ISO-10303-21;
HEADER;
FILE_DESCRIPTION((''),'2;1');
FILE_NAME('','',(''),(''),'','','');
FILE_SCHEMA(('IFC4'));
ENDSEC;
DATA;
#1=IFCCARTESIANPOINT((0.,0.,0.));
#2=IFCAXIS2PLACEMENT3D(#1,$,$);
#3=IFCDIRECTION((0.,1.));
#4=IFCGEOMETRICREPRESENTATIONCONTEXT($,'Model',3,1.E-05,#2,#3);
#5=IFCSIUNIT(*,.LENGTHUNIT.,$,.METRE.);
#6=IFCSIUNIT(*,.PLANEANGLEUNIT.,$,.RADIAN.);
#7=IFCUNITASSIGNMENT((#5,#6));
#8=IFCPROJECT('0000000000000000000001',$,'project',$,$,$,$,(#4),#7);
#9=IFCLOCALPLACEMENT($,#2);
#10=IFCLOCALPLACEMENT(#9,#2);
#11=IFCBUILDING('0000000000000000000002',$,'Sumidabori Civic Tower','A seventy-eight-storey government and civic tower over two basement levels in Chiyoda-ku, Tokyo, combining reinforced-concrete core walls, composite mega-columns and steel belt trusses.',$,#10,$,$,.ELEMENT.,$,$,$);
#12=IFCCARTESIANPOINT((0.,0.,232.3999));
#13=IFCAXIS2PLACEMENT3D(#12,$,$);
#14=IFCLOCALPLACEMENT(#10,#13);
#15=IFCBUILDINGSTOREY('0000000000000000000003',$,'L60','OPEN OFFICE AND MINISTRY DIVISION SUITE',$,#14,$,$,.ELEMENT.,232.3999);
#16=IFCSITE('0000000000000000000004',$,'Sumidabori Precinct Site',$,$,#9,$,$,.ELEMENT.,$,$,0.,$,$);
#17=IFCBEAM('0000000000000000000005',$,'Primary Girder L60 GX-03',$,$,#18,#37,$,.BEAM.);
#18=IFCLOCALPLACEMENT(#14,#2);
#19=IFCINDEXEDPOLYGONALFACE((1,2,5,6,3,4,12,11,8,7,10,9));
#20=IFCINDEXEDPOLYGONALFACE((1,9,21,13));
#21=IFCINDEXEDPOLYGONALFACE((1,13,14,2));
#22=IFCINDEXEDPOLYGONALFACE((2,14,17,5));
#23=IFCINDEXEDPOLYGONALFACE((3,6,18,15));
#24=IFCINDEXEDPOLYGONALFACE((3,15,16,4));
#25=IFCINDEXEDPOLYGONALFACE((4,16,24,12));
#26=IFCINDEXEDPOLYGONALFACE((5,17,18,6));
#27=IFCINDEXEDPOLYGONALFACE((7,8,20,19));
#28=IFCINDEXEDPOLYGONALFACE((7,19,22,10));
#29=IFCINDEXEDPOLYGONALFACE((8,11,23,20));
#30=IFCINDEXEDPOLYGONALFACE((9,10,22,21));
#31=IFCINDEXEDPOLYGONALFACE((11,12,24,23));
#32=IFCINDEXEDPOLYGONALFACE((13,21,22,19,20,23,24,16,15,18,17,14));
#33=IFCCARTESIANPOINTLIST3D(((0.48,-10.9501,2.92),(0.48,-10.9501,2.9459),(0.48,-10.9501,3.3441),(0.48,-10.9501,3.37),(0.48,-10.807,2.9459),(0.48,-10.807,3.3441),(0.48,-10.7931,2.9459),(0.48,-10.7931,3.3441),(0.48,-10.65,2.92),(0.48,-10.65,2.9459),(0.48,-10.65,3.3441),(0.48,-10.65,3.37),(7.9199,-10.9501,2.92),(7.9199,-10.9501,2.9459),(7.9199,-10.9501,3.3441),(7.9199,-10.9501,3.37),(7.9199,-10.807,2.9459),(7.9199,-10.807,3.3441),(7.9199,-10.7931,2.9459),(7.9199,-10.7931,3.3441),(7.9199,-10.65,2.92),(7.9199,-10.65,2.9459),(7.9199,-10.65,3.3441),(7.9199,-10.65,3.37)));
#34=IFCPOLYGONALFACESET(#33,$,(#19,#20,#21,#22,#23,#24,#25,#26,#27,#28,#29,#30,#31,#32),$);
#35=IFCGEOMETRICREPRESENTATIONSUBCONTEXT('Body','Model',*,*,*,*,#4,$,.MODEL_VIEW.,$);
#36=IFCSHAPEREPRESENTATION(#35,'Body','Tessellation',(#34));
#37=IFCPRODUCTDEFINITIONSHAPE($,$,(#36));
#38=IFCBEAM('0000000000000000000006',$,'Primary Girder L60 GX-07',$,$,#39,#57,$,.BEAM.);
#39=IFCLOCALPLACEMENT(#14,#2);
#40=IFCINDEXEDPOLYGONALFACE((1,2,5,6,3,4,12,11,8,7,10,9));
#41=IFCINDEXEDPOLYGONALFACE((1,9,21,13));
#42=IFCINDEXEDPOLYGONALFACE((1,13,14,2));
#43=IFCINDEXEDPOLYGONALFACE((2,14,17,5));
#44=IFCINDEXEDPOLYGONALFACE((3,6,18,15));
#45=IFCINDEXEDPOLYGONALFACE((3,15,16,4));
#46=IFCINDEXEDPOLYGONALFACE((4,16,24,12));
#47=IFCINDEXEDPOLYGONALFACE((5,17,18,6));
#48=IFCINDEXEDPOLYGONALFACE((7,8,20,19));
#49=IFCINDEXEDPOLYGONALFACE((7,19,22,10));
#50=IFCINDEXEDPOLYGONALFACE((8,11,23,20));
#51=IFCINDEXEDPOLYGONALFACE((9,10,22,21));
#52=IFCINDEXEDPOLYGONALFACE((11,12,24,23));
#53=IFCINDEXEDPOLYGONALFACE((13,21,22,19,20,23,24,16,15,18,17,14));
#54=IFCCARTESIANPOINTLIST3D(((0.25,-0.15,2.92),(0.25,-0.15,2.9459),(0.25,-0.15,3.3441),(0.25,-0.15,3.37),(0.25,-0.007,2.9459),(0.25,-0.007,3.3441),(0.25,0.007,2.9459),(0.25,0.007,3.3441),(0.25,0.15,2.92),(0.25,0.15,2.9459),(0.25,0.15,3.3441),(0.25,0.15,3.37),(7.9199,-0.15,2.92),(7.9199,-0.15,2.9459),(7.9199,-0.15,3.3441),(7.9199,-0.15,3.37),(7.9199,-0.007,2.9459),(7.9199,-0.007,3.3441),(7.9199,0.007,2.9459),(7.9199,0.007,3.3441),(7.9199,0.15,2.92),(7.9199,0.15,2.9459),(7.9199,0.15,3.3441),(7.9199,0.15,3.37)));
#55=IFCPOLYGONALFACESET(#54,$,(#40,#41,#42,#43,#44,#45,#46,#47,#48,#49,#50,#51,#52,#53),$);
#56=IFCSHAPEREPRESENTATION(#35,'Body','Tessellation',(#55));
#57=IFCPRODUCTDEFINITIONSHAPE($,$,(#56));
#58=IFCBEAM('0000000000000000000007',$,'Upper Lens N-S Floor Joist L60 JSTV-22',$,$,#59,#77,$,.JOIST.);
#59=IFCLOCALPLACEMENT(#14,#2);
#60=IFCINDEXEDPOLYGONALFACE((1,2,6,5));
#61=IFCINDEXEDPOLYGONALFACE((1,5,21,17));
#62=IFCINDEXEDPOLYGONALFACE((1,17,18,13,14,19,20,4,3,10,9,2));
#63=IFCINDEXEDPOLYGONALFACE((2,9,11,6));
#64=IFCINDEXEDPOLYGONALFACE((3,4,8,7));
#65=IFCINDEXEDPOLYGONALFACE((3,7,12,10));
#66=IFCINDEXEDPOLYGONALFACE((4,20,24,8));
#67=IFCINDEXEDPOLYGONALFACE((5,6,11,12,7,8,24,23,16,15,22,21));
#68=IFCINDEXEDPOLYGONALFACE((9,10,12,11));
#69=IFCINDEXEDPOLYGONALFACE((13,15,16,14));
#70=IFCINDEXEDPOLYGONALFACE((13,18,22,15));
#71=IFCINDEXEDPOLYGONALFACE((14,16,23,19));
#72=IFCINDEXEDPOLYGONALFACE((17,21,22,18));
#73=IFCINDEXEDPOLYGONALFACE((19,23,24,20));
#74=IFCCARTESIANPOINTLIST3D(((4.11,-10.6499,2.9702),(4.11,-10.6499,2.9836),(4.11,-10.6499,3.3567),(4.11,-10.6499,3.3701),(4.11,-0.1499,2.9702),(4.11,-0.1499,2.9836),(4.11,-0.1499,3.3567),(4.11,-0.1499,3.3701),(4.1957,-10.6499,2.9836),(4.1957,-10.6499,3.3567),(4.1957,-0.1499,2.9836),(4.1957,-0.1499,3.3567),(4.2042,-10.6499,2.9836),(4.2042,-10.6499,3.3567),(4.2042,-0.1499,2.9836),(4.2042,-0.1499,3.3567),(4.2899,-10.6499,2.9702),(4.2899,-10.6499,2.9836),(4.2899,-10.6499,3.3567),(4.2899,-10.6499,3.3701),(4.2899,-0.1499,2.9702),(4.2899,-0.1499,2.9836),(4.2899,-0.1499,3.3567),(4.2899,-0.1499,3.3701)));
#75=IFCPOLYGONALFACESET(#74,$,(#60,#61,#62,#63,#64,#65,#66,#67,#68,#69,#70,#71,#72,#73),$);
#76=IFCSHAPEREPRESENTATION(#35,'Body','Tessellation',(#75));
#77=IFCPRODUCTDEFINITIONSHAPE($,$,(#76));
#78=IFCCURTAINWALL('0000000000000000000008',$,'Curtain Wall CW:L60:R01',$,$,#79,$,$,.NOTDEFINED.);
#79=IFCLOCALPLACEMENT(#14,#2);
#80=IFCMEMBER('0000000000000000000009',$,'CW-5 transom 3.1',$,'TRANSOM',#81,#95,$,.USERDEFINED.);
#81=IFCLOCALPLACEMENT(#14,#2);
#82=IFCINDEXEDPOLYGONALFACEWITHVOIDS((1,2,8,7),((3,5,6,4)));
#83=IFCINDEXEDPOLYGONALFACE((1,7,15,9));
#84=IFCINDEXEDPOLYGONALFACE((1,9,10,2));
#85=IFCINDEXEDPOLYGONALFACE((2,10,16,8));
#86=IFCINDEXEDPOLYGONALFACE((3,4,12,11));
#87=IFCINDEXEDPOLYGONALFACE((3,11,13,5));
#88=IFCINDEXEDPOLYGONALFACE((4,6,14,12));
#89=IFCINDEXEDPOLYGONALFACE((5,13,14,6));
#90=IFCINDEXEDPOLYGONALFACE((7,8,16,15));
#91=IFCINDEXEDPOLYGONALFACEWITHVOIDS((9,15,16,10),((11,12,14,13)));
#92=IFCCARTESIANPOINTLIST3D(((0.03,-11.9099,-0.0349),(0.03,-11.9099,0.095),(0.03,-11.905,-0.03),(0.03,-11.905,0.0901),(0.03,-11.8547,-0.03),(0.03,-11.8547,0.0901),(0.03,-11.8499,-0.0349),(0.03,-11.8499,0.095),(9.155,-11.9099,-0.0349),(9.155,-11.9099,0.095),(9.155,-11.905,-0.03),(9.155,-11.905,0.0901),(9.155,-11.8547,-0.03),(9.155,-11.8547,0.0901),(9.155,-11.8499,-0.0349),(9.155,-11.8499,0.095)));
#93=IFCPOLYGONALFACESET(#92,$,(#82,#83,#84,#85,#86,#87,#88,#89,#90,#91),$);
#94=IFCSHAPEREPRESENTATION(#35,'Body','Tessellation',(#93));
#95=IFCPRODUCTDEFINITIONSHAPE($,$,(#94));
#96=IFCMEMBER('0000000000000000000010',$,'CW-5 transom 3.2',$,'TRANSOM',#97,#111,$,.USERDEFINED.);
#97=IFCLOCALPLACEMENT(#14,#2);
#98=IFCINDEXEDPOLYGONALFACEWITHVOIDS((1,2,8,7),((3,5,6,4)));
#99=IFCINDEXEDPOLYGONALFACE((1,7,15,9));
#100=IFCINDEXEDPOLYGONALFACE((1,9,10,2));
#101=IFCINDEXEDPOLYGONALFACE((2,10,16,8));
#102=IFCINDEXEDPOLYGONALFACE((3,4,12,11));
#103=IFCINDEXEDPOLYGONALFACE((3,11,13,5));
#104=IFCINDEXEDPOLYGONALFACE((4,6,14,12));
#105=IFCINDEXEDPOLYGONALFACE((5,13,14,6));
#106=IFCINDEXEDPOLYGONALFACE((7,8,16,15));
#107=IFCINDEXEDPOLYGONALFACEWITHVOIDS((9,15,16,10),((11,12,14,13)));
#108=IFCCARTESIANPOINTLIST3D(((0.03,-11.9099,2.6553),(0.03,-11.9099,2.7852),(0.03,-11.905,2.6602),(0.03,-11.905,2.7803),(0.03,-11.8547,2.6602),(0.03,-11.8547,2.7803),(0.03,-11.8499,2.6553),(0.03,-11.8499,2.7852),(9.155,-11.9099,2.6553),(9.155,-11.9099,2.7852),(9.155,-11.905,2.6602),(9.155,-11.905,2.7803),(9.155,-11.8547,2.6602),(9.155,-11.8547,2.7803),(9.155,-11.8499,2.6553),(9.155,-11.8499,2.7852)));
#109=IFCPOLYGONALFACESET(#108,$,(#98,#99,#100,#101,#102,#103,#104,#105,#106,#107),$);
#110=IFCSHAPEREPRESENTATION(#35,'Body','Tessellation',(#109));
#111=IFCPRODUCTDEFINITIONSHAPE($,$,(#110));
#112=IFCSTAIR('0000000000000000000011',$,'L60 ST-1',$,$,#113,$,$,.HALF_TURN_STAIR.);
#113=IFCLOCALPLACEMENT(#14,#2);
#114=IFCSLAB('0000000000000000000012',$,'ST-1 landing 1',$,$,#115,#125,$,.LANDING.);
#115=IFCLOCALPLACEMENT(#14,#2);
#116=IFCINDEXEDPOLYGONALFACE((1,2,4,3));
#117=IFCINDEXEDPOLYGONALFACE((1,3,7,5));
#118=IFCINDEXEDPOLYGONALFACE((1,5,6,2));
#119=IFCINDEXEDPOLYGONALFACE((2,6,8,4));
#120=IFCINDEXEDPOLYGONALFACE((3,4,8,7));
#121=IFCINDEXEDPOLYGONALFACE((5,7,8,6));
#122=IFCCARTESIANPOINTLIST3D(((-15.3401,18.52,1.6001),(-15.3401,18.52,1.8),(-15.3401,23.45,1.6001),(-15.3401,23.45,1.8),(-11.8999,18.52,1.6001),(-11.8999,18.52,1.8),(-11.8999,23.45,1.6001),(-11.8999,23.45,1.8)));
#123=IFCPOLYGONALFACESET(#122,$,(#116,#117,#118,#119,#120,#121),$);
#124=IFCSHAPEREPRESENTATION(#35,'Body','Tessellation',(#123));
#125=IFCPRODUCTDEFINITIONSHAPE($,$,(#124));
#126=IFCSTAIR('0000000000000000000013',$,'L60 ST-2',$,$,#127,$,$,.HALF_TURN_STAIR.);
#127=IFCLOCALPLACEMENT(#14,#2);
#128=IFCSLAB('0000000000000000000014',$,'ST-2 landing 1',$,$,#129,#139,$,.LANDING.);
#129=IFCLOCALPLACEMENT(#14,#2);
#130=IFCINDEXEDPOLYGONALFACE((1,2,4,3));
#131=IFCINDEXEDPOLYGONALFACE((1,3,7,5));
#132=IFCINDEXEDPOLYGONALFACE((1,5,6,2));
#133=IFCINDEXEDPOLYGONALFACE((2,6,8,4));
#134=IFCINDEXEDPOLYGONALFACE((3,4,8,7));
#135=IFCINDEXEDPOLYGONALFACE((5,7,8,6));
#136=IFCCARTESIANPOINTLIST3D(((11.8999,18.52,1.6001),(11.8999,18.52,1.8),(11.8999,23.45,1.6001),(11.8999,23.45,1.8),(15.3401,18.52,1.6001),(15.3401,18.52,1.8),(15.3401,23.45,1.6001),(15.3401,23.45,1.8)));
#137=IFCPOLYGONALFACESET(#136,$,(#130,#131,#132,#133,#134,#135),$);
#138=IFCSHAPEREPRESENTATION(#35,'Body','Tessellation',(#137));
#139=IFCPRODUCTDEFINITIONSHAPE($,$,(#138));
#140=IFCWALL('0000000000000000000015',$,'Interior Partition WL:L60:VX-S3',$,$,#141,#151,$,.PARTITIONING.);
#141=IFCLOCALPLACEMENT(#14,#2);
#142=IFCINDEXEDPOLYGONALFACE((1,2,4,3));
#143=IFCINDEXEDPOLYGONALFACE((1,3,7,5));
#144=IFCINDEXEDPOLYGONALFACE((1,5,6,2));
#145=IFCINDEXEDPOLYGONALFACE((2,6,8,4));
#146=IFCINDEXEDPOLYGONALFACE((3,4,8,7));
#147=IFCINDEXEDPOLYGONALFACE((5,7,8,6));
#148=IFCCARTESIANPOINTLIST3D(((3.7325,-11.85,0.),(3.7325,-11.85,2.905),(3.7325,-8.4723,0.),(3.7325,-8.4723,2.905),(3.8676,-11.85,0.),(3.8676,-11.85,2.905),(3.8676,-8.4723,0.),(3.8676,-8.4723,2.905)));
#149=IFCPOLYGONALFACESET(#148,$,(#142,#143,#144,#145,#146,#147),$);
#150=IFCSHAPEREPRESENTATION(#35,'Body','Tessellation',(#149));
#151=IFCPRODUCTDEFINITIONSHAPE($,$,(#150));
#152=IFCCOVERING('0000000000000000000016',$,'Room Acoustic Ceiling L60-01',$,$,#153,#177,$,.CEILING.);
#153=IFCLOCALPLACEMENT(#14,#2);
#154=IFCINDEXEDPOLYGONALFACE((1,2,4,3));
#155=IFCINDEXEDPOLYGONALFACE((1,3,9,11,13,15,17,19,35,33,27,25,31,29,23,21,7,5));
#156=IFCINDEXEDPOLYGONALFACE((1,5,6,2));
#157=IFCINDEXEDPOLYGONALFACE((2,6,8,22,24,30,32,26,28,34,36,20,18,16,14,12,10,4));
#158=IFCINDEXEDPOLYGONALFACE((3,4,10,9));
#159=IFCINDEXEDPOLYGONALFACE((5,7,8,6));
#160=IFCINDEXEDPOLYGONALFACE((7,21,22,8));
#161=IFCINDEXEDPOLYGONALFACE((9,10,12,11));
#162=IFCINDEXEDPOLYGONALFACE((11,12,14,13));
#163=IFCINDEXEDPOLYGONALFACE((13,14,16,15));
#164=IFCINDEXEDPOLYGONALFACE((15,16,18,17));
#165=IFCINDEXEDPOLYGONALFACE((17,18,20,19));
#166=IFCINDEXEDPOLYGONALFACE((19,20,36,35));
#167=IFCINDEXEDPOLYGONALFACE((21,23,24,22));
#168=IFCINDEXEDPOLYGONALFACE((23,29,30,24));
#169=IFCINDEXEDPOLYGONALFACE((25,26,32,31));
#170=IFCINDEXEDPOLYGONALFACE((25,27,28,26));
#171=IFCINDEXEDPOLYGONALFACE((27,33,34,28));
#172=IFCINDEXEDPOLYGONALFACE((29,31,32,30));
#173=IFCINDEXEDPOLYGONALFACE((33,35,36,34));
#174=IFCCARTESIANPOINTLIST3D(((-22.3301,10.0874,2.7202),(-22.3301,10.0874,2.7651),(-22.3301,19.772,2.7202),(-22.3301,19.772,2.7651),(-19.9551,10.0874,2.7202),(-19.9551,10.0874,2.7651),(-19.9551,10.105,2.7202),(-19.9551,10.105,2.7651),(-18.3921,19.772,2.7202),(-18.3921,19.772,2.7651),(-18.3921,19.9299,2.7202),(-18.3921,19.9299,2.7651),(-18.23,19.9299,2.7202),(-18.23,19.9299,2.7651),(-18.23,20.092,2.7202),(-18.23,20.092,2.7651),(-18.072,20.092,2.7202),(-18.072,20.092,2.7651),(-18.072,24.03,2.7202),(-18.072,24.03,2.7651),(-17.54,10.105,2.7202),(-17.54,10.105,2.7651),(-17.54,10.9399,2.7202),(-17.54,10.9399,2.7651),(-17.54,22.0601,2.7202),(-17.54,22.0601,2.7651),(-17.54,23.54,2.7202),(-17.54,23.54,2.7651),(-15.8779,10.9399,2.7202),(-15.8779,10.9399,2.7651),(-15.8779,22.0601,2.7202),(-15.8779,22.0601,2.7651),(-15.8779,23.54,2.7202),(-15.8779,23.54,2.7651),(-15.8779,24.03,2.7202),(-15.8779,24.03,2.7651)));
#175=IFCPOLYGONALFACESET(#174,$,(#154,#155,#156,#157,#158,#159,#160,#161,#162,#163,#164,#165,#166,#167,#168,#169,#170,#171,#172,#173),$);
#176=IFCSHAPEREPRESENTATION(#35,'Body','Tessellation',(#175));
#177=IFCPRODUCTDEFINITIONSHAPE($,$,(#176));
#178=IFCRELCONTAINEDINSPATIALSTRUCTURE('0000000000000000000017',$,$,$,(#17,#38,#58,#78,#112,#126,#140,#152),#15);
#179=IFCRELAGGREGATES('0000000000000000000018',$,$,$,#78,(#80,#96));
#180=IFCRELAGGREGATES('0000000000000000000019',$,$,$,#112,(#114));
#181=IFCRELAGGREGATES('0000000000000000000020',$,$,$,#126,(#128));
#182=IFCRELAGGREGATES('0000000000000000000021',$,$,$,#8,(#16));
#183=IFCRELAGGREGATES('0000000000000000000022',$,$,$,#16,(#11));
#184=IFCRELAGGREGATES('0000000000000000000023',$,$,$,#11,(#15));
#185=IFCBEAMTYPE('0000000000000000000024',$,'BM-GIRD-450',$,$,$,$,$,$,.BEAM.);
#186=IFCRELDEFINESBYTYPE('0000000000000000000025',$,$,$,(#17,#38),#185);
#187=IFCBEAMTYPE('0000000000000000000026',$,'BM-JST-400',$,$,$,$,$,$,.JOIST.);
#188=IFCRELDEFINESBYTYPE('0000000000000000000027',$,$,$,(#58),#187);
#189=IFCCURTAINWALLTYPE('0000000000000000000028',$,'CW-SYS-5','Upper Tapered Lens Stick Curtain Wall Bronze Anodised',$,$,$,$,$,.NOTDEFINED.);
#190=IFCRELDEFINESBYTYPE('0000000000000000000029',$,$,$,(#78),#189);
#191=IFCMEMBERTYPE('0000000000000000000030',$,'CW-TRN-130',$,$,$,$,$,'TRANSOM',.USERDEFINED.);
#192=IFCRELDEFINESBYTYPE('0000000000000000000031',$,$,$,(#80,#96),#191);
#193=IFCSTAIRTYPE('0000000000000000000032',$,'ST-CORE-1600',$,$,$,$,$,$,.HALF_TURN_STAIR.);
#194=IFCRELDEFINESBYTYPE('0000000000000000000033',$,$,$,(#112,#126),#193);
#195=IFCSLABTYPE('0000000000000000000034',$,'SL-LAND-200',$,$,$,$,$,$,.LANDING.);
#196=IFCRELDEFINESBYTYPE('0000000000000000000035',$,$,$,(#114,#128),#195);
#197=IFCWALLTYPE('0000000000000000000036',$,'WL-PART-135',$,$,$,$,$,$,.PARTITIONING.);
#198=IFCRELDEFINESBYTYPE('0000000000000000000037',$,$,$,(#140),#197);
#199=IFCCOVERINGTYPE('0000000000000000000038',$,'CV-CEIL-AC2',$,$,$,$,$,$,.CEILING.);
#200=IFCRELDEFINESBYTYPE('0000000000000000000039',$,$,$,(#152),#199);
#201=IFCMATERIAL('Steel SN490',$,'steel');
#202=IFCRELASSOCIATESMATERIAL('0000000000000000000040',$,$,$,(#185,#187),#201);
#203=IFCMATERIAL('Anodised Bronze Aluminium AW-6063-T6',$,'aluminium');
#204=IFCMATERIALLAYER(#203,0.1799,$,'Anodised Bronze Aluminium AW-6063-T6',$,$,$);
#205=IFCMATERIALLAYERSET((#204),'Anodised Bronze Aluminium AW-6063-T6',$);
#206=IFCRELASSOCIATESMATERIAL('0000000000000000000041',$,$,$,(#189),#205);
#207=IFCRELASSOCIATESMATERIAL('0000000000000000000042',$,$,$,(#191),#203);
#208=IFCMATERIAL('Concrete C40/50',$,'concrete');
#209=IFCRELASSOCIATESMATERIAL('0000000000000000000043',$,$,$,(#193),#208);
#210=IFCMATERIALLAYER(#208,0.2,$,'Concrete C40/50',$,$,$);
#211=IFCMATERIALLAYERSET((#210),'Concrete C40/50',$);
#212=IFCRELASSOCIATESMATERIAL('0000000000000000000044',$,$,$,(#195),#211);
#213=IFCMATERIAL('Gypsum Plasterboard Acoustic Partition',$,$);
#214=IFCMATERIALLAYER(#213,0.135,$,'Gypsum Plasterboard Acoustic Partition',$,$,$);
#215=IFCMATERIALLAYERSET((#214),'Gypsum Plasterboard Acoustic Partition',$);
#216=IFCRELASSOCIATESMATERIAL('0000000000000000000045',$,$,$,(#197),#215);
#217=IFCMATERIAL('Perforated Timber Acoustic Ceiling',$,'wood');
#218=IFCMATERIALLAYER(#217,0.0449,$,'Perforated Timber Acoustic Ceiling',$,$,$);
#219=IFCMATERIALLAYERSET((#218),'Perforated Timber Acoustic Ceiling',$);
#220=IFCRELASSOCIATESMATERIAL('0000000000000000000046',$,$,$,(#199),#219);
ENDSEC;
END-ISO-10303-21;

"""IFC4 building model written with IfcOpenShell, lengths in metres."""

from ifc_helpers import new_model, si_unit, direction, frame, frame_2d, origin, origin_2d, place, context, subcontext, project, spatial, polyline, rectangle, hollow_rectangle, i_section, outline, extrude, source, transform, mapped, material, layer, layer_set, material_profile, profile_set, type_object, element, aggregate, save


model = new_model("IFC4")

# Units and contexts
model_context = context("Model", 3, precision=1e-05, world=origin(), true_north=direction((0.0, 1.0)))
body_context = subcontext(model_context, "Body", "Model", "MODEL_VIEW")
ifc_project = project(units=[si_unit("LENGTHUNIT", "METRE"), si_unit("PLANEANGLEUNIT", "RADIAN")], contexts=[model_context])

# Site, building, storey
site_placement = place(None, origin())
site = spatial("IfcSite", under=ifc_project, at=site_placement, Name="Sumidabori Precinct Site", CompositionType="ELEMENT", RefElevation=0.0)
building_placement = place(site_placement, origin())
building = spatial("IfcBuilding", under=site, at=building_placement, Name="Sumidabori Civic Tower", Description="A seventy-eight-storey government and civic tower over two basement levels in Chiyoda-ku, Tokyo, combining reinforced-concrete core walls, composite mega-columns and steel belt trusses.", CompositionType="ELEMENT")
storey_placement = place(building_placement, frame((0.0, 0.0, 232.3999)))
storey = spatial("IfcBuildingStorey", under=building, at=storey_placement, Name="L60", Description="OPEN OFFICE AND MINISTRY DIVISION SUITE", CompositionType="ELEMENT", Elevation=232.3999)

# Beams
ifc_material_1 = material(Name="Steel SN490", Category="steel")
ifc_material_profile_1 = material_profile(ifc_material_1, i_section(OverallWidth=0.3, OverallDepth=0.45, WebThickness=0.0139, FlangeThickness=0.0259, at=origin_2d()), Name="HE 450 B")
ifc_profile_set_1 = profile_set([ifc_material_profile_1], Name="Steel SN490")
beam_type_1 = type_object("IfcBeamType", Name="BM-GIRD-450", PredefinedType="BEAM", material=ifc_profile_set_1)
shared_shape_1 = source(origin(), body_context, "Body", "SweptSolid", [
    extrude(i_section(OverallWidth=0.3, OverallDepth=0.45, WebThickness=0.0139, FlangeThickness=0.0259, at=origin_2d()), origin(), (0.0, 0.0, 1.0), 7.4399),
])
beam_1_placement = place(storey_placement, frame((0.48, -10.8, 3.145), z_axis=(1.0, 0.0, 0.0), x_axis=(0.0, 1.0, 0.0)))
element("IfcBeam", 1, at=beam_1_placement, inside=storey, type_object=beam_type_1, Name="Primary Girder L60 GX-03", PredefinedType="BEAM", context=body_context, shape_type="MappedRepresentation", body=[
    mapped(shared_shape_1, transform((0.0, 0.0, 0.0), x_axis=(1.0, 0.0, 0.0), y_axis=(0.0, 1.0, 0.0), z_axis=(0.0, 0.0, 1.0), scale=1.0)),
])
shared_shape_2 = source(origin(), body_context, "Body", "SweptSolid", [
    extrude(i_section(OverallWidth=0.3, OverallDepth=0.45, WebThickness=0.0139, FlangeThickness=0.0259, at=origin_2d()), origin(), (0.0, 0.0, 1.0), 7.6699),
])
beam_2_placement = place(storey_placement, frame((0.25, 0.0, 3.145), z_axis=(1.0, 0.0, 0.0), x_axis=(0.0, 1.0, 0.0)))
element("IfcBeam", 2, at=beam_2_placement, inside=storey, type_object=beam_type_1, Name="Primary Girder L60 GX-07", PredefinedType="BEAM", context=body_context, shape_type="MappedRepresentation", body=[
    mapped(shared_shape_2, transform((0.0, 0.0, 0.0), x_axis=(1.0, 0.0, 0.0), y_axis=(0.0, 1.0, 0.0), z_axis=(0.0, 0.0, 1.0), scale=1.0)),
])
ifc_material_profile_2 = material_profile(ifc_material_1, i_section(OverallWidth=0.1799, OverallDepth=0.3999, WebThickness=0.0085, FlangeThickness=0.0134, at=origin_2d()), Name="IPE 400")
ifc_profile_set_2 = profile_set([ifc_material_profile_2], Name="Steel SN490")
beam_type_2 = type_object("IfcBeamType", Name="BM-JST-400", PredefinedType="JOIST", material=ifc_profile_set_2)
shared_shape_3 = source(origin(), body_context, "Body", "SweptSolid", [
    extrude(i_section(OverallWidth=0.1799, OverallDepth=0.3999, WebThickness=0.0085, FlangeThickness=0.0134, at=origin_2d()), origin(), (0.0, 0.0, 1.0), 10.5),
])
beam_3_placement = place(storey_placement, frame((4.2, -10.6499, 3.1702), z_axis=(0.0, 1.0, 0.0), x_axis=(-1.0, 0.0, 0.0)))
element("IfcBeam", 3, at=beam_3_placement, inside=storey, type_object=beam_type_2, Name="Upper Lens N-S Floor Joist L60 JSTV-22", PredefinedType="JOIST", context=body_context, shape_type="MappedRepresentation", body=[
    mapped(shared_shape_3, transform((0.0, 0.0, 0.0), x_axis=(1.0, 0.0, 0.0), y_axis=(0.0, 1.0, 0.0), z_axis=(0.0, 0.0, 1.0), scale=1.0)),
])

# Curtain wall, members
ifc_material_2 = material(Name="Anodised Bronze Aluminium AW-6063-T6", Category="aluminium")
ifc_layer_1 = layer(ifc_material_2, 0.1799, Name="Anodised Bronze Aluminium AW-6063-T6")
ifc_layer_set_1 = layer_set([ifc_layer_1], Name="Anodised Bronze Aluminium AW-6063-T6")
curtain_wall_type = type_object("IfcCurtainWallType", Name="CW-SYS-5", Description="Upper Tapered Lens Stick Curtain Wall Bronze Anodised", PredefinedType="NOTDEFINED", material=ifc_layer_set_1)
curtain_wall_placement = place(storey_placement, origin())
curtain_wall = element("IfcCurtainWall", 4, at=curtain_wall_placement, inside=storey, type_object=curtain_wall_type, Name="Curtain Wall CW:L60:R01", PredefinedType="NOTDEFINED")
ifc_material_profile_3 = material_profile(ifc_material_2, hollow_rectangle(XDim=0.0601, YDim=0.1299, WallThickness=0.0049, at=origin_2d()), Name="ALU TRANSOM 130x60")
ifc_profile_set_3 = profile_set([ifc_material_profile_3], Name="Anodised Bronze Aluminium AW-6063-T6")
member_type = type_object("IfcMemberType", Name="CW-TRN-130", ElementType="TRANSOM", PredefinedType="USERDEFINED", material=ifc_profile_set_3)
shared_shape_4 = source(origin(), body_context, "Body", "SweptSolid", [
    extrude(hollow_rectangle(XDim=0.0601, YDim=0.1299, WallThickness=0.0049, at=origin_2d()), origin(), (0.0, 0.0, 1.0), 9.125),
])
member_1_placement = place(storey_placement, frame((0.03, -11.8799, 0.03), z_axis=(1.0, 0.0, 0.0), x_axis=(0.0, 1.0, 0.0)))
member_1 = element("IfcMember", 5, at=member_1_placement, type_object=member_type, Name="CW-5 transom 3.1", ObjectType="TRANSOM", PredefinedType="USERDEFINED", context=body_context, shape_type="MappedRepresentation", body=[
    mapped(shared_shape_4, transform((0.0, 0.0, 0.0), x_axis=(1.0, 0.0, 0.0), y_axis=(0.0, 1.0, 0.0), z_axis=(0.0, 0.0, 1.0), scale=1.0)),
])
member_2_placement = place(storey_placement, frame((0.03, -11.8799, 2.7202), z_axis=(1.0, 0.0, 0.0), x_axis=(0.0, 1.0, 0.0)))
member_2 = element("IfcMember", 6, at=member_2_placement, type_object=member_type, Name="CW-5 transom 3.2", ObjectType="TRANSOM", PredefinedType="USERDEFINED", context=body_context, shape_type="MappedRepresentation", body=[
    mapped(shared_shape_4, transform((0.0, 0.0, 0.0), x_axis=(1.0, 0.0, 0.0), y_axis=(0.0, 1.0, 0.0), z_axis=(0.0, 0.0, 1.0), scale=1.0)),
])
aggregate(curtain_wall, [member_1, member_2])

# Stairs, slabs
ifc_material_3 = material(Name="Concrete C40/50", Category="concrete")
stair_type = type_object("IfcStairType", Name="ST-CORE-1600", PredefinedType="HALF_TURN_STAIR", material=ifc_material_3)
stair_1_placement = place(storey_placement, origin())
stair_1 = element("IfcStair", 7, at=stair_1_placement, inside=storey, type_object=stair_type, Name="L60 ST-1", PredefinedType="HALF_TURN_STAIR")
ifc_layer_2 = layer(ifc_material_3, 0.2, Name="Concrete C40/50")
ifc_layer_set_2 = layer_set([ifc_layer_2], Name="Concrete C40/50")
slab_type = type_object("IfcSlabType", Name="SL-LAND-200", PredefinedType="LANDING", material=ifc_layer_set_2)
slab_1_placement = place(storey_placement, frame((0.0, 0.0, 1.6001)))
slab_1 = element("IfcSlab", 8, at=slab_1_placement, type_object=slab_type, Name="ST-1 landing 1", PredefinedType="LANDING", context=body_context, shape_type="SweptSolid", body=[
    extrude(outline(polyline([(-11.8999, 18.52), (-11.8999, 23.45), (-15.3401, 23.45), (-15.3401, 18.52), (-11.8999, 18.52)])), origin(), (0.0, 0.0, 1.0), 0.2),
])
aggregate(stair_1, [slab_1])
stair_2_placement = place(storey_placement, origin())
stair_2 = element("IfcStair", 9, at=stair_2_placement, inside=storey, type_object=stair_type, Name="L60 ST-2", PredefinedType="HALF_TURN_STAIR")
slab_2_placement = place(storey_placement, frame((0.0, 0.0, 1.6001)))
slab_2 = element("IfcSlab", 10, at=slab_2_placement, type_object=slab_type, Name="ST-2 landing 1", PredefinedType="LANDING", context=body_context, shape_type="SweptSolid", body=[
    extrude(outline(polyline([(15.3401, 18.52), (15.3401, 23.45), (11.8999, 23.45), (11.8999, 18.52), (15.3401, 18.52)])), origin(), (0.0, 0.0, 1.0), 0.2),
])
aggregate(stair_2, [slab_2])

# Wall
ifc_material_4 = material(Name="Gypsum Plasterboard Acoustic Partition")
ifc_layer_3 = layer(ifc_material_4, 0.135, Name="Gypsum Plasterboard Acoustic Partition")
ifc_layer_set_3 = layer_set([ifc_layer_3], Name="Gypsum Plasterboard Acoustic Partition")
wall_type = type_object("IfcWallType", Name="WL-PART-135", PredefinedType="PARTITIONING", material=ifc_layer_set_3)
shared_shape_5 = source(origin(), body_context, "Body", "SweptSolid", [
    extrude(rectangle(XDim=3.3777, YDim=0.135, at=frame_2d((1.689, 0.0))), origin(), (0.0, 0.0, 1.0), 2.905),
])
wall_placement = place(storey_placement, frame((3.8, -11.8501, 0.0), z_axis=(0.0, 0.0, 1.0), x_axis=(0.0, 1.0, 0.0)))
element("IfcWall", 11, at=wall_placement, inside=storey, type_object=wall_type, Name="Interior Partition WL:L60:VX-S3", PredefinedType="PARTITIONING", context=body_context, shape_type="MappedRepresentation", body=[
    mapped(shared_shape_5, transform((0.0, 0.0, 0.0), x_axis=(1.0, 0.0, 0.0), y_axis=(0.0, 1.0, 0.0), z_axis=(0.0, 0.0, 1.0), scale=1.0)),
])

# Covering
ifc_material_5 = material(Name="Perforated Timber Acoustic Ceiling", Category="wood")
ifc_layer_4 = layer(ifc_material_5, 0.0449, Name="Perforated Timber Acoustic Ceiling")
ifc_layer_set_4 = layer_set([ifc_layer_4], Name="Perforated Timber Acoustic Ceiling")
covering_type_1 = type_object("IfcCoveringType", Name="CV-CEIL-AC2", PredefinedType="CEILING", material=ifc_layer_set_4)
covering_1_placement = place(storey_placement, frame((0.0, 0.0, 2.7202)))
element("IfcCovering", 12, at=covering_1_placement, inside=storey, type_object=covering_type_1, Name="Room Acoustic Ceiling L60-01", PredefinedType="CEILING", context=body_context, shape_type="SweptSolid", body=[
    extrude(outline(polyline([(-22.3301, 10.0874), (-22.3301, 19.772), (-18.3921, 19.772), (-18.3921, 19.9299), (-18.23, 19.9299), (-18.23, 20.092), (-18.072, 20.092), (-18.072, 24.03), (-15.8779, 24.03), (-15.8779, 23.54), (-17.54, 23.54), (-17.54, 22.0601), (-15.8779, 22.0601), (-15.8779, 10.9399), (-17.54, 10.9399), (-17.54, 10.105), (-19.9551, 10.105), (-19.9551, 10.0874), (-22.3301, 10.0874)])), origin(), (0.0, 0.0, 1.0), 0.0449),
])

save(model, "model.ifc")
